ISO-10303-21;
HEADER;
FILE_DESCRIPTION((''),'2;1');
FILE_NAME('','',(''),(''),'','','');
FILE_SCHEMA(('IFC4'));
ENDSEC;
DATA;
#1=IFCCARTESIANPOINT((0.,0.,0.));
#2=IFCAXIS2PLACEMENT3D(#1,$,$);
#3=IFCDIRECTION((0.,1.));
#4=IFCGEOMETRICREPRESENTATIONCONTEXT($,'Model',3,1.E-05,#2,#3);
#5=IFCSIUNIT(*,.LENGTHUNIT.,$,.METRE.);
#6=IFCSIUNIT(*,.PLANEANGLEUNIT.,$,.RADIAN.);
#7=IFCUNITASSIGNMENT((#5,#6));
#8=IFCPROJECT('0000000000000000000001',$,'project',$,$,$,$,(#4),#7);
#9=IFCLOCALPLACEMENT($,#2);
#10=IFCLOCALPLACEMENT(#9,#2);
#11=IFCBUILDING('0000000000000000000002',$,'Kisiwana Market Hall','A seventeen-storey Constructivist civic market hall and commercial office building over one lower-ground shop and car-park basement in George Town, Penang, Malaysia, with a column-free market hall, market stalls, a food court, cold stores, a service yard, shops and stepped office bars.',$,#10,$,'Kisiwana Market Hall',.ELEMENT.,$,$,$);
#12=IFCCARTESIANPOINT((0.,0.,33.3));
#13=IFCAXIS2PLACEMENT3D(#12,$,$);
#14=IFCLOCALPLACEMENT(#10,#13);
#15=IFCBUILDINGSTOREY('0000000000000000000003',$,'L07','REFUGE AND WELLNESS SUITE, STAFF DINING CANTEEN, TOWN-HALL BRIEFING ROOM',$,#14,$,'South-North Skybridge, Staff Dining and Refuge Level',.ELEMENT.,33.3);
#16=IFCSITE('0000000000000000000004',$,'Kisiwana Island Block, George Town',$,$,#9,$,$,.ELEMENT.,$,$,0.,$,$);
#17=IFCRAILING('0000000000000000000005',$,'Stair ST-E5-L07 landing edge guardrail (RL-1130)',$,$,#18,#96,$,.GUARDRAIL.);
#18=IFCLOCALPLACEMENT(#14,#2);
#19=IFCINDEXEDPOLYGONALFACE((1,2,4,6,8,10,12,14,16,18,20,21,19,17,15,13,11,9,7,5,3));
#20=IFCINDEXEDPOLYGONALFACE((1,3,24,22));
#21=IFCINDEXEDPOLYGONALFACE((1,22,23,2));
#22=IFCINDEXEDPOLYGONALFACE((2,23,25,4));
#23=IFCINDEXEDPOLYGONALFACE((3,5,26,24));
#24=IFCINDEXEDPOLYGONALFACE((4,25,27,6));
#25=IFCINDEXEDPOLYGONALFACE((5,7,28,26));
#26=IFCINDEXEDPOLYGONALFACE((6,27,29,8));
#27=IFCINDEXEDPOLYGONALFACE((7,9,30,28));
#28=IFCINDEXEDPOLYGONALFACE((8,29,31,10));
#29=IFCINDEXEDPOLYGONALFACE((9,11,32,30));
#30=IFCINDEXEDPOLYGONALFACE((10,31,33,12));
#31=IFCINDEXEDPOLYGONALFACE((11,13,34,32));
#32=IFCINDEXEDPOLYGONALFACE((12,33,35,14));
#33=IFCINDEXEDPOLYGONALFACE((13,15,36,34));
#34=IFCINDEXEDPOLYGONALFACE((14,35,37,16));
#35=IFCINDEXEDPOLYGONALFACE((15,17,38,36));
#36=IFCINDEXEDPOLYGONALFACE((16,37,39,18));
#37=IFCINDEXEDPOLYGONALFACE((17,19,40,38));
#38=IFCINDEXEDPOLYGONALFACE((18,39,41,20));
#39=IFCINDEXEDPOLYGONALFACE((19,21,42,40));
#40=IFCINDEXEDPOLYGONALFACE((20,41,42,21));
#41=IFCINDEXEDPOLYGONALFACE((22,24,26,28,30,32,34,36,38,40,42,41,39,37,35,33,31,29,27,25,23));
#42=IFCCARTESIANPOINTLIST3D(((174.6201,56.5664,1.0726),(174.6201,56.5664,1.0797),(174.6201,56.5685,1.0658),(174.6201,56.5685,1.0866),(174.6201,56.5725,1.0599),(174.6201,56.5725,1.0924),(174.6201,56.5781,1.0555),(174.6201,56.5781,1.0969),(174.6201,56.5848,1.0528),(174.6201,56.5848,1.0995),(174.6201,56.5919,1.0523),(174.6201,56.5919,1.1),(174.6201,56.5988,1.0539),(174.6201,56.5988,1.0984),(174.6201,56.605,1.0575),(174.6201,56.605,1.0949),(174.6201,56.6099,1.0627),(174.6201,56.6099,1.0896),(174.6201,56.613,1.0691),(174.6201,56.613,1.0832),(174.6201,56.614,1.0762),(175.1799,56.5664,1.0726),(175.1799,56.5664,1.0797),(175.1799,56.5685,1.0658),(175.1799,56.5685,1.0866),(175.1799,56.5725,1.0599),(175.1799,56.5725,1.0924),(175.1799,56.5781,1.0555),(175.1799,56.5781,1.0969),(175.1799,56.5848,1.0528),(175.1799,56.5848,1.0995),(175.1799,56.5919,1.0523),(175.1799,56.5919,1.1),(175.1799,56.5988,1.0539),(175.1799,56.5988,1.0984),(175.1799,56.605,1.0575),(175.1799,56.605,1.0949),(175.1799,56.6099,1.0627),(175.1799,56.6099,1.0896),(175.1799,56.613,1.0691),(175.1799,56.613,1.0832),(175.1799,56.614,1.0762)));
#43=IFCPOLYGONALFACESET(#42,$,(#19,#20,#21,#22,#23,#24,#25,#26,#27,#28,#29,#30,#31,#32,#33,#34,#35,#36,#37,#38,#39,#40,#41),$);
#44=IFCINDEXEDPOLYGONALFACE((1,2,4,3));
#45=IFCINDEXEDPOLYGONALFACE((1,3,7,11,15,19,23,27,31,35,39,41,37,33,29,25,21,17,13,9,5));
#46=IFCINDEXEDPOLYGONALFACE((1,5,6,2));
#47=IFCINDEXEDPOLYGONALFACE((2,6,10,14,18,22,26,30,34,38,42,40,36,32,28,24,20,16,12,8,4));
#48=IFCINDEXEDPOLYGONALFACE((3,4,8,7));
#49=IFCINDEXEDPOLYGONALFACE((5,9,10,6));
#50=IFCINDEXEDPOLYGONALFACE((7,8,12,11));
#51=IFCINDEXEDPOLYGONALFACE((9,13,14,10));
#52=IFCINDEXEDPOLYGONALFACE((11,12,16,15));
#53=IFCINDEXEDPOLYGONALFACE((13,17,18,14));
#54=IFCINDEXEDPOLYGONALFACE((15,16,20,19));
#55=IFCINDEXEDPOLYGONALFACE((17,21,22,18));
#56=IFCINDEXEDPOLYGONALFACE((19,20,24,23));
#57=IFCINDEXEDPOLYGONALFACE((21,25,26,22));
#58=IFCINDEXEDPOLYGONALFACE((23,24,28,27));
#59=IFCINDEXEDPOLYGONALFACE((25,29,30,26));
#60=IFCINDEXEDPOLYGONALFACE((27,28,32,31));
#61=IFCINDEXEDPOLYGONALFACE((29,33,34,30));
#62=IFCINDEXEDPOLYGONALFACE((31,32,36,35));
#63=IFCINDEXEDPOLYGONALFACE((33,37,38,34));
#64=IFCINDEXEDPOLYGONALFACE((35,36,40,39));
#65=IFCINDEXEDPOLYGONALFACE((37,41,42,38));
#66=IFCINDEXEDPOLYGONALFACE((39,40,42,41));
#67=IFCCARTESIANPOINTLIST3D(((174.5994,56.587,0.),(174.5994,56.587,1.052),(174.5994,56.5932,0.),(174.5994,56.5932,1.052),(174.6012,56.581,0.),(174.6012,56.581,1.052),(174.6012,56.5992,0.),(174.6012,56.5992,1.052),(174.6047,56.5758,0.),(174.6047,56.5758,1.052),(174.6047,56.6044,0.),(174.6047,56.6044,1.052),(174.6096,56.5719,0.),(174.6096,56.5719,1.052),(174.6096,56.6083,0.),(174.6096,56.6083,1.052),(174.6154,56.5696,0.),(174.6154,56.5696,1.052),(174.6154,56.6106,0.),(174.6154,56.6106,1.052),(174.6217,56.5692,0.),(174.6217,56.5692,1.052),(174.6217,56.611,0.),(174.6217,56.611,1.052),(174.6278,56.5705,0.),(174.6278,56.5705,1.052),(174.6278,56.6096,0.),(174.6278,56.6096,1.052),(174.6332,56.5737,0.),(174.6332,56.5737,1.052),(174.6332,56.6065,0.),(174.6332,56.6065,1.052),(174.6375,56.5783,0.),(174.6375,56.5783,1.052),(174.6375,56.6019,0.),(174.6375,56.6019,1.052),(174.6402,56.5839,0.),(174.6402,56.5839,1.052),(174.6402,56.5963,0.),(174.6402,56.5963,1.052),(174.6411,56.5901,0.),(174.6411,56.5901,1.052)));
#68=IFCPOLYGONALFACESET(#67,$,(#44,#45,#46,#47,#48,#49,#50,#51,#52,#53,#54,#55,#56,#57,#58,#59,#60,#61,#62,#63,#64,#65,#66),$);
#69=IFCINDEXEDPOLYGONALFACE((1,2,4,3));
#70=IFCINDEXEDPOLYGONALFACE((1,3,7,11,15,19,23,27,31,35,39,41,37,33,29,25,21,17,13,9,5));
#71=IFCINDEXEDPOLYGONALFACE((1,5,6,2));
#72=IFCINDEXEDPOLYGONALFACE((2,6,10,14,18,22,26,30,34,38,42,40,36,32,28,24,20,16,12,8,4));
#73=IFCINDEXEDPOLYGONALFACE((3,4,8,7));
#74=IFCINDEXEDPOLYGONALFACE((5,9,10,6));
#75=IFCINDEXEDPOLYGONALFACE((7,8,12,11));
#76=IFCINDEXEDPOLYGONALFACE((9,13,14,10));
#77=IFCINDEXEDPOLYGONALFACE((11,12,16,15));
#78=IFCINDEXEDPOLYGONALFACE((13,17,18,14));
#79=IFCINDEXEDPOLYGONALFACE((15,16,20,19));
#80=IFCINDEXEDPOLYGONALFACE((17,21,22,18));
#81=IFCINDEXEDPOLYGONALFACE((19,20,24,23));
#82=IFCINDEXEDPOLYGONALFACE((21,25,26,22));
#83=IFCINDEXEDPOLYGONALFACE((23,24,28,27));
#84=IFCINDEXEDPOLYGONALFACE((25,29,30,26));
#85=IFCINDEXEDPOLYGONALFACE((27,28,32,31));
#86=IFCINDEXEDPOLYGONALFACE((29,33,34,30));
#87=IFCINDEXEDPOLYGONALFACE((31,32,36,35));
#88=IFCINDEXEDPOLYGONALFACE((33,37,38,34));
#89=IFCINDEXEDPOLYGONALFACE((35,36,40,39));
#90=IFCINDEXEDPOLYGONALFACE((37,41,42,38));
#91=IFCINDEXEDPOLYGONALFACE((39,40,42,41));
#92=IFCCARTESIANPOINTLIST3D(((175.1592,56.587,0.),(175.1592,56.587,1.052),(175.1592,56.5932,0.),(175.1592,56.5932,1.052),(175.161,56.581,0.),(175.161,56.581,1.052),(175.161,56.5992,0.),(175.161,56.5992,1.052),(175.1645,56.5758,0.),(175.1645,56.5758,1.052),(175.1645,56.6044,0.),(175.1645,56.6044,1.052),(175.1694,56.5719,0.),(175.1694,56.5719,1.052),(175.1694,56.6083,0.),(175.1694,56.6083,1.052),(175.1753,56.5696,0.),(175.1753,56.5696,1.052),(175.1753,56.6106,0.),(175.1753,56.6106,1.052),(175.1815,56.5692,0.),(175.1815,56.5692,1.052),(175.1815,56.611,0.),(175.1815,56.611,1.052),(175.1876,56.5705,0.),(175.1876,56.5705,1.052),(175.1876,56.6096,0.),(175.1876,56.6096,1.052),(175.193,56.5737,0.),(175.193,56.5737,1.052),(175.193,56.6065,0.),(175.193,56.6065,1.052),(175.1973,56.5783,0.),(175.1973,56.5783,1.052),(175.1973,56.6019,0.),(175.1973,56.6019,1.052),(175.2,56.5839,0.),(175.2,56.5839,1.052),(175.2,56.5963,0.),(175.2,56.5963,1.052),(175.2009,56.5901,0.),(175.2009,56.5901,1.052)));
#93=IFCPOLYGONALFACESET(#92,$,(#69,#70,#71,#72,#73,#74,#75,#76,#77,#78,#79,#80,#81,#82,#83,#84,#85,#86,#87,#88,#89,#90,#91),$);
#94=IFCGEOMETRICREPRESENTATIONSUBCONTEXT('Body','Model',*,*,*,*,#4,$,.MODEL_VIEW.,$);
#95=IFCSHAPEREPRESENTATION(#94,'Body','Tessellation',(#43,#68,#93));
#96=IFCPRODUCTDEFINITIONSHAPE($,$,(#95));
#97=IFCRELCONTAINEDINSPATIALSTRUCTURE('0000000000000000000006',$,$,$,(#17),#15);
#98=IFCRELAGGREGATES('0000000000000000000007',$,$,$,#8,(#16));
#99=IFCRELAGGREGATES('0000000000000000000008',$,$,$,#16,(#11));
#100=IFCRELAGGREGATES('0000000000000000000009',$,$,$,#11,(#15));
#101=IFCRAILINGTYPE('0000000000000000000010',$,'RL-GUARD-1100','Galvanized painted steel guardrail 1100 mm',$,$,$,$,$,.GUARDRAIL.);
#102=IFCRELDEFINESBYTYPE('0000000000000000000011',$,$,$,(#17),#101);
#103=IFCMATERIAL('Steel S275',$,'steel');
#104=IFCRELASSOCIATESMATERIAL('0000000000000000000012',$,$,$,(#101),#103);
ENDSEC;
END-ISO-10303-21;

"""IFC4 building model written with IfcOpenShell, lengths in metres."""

from ifc_helpers import new_model, si_unit, direction, frame, origin, origin_2d, place, context, subcontext, project, spatial, circle, extrude, material, type_object, element, save


model = new_model("IFC4")

# Units and contexts
model_context = context("Model", 3, precision=1e-05, world=origin(), true_north=direction((0.0, 1.0)))
body_context = subcontext(model_context, "Body", "Model", "MODEL_VIEW")
ifc_project = project(units=[si_unit("LENGTHUNIT", "METRE"), si_unit("PLANEANGLEUNIT", "RADIAN")], contexts=[model_context])

# Site, building, storey
site_placement = place(None, origin())
site = spatial("IfcSite", under=ifc_project, at=site_placement, Name="Kisiwana Island Block, George Town", CompositionType="ELEMENT", RefElevation=0.0)
building_placement = place(site_placement, origin())
building = spatial("IfcBuilding", under=site, at=building_placement, Name="Kisiwana Market Hall", Description="A seventeen-storey Constructivist civic market hall and commercial office building over one lower-ground shop and car-park basement in George Town, Penang, Malaysia, with a column-free market hall, market stalls, a food court, cold stores, a service yard, shops and stepped office bars.", LongName="Kisiwana Market Hall", CompositionType="ELEMENT")
storey_placement = place(building_placement, frame((0.0, 0.0, 33.3)))
storey = spatial("IfcBuildingStorey", under=building, at=storey_placement, Name="L07", Description="REFUGE AND WELLNESS SUITE, STAFF DINING CANTEEN, TOWN-HALL BRIEFING ROOM", LongName="South-North Skybridge, Staff Dining and Refuge Level", CompositionType="ELEMENT", Elevation=33.3)

# Railing
ifc_material_1 = material(Name="Steel S275", Category="steel")
railing_type_1 = type_object("IfcRailingType", Name="RL-GUARD-1100", Description="Galvanized painted steel guardrail 1100 mm", PredefinedType="GUARDRAIL", material=ifc_material_1)
for number, where, name in (
    (1, (174.6201, 56.5901, 0.0), "Stair ST-E5-L07 landing edge guardrail (RL-1130)"),
):
    element("IfcRailing", number, at=place(storey_placement, frame(where)), inside=storey, type_object=railing_type_1, Name=name, PredefinedType="GUARDRAIL", context=body_context, shape_type="SweptSolid", body=[
        extrude(circle(Radius=0.0239, at=origin_2d()), frame((0.0, 0.0, 1.0762), z_axis=(1.0, 0.0, 0.0), x_axis=(0.0, 1.0, 0.0)), (0.0, 0.0, 1.0), 0.5598),
        extrude(circle(Radius=0.021, at=origin_2d()), origin(), (0.0, 0.0, 1.0), 1.052),
        extrude(circle(Radius=0.021, at=origin_2d()), frame((0.5598, 0.0, 0.0)), (0.0, 0.0, 1.0), 1.052),
    ])

save(model, "model.ifc")
